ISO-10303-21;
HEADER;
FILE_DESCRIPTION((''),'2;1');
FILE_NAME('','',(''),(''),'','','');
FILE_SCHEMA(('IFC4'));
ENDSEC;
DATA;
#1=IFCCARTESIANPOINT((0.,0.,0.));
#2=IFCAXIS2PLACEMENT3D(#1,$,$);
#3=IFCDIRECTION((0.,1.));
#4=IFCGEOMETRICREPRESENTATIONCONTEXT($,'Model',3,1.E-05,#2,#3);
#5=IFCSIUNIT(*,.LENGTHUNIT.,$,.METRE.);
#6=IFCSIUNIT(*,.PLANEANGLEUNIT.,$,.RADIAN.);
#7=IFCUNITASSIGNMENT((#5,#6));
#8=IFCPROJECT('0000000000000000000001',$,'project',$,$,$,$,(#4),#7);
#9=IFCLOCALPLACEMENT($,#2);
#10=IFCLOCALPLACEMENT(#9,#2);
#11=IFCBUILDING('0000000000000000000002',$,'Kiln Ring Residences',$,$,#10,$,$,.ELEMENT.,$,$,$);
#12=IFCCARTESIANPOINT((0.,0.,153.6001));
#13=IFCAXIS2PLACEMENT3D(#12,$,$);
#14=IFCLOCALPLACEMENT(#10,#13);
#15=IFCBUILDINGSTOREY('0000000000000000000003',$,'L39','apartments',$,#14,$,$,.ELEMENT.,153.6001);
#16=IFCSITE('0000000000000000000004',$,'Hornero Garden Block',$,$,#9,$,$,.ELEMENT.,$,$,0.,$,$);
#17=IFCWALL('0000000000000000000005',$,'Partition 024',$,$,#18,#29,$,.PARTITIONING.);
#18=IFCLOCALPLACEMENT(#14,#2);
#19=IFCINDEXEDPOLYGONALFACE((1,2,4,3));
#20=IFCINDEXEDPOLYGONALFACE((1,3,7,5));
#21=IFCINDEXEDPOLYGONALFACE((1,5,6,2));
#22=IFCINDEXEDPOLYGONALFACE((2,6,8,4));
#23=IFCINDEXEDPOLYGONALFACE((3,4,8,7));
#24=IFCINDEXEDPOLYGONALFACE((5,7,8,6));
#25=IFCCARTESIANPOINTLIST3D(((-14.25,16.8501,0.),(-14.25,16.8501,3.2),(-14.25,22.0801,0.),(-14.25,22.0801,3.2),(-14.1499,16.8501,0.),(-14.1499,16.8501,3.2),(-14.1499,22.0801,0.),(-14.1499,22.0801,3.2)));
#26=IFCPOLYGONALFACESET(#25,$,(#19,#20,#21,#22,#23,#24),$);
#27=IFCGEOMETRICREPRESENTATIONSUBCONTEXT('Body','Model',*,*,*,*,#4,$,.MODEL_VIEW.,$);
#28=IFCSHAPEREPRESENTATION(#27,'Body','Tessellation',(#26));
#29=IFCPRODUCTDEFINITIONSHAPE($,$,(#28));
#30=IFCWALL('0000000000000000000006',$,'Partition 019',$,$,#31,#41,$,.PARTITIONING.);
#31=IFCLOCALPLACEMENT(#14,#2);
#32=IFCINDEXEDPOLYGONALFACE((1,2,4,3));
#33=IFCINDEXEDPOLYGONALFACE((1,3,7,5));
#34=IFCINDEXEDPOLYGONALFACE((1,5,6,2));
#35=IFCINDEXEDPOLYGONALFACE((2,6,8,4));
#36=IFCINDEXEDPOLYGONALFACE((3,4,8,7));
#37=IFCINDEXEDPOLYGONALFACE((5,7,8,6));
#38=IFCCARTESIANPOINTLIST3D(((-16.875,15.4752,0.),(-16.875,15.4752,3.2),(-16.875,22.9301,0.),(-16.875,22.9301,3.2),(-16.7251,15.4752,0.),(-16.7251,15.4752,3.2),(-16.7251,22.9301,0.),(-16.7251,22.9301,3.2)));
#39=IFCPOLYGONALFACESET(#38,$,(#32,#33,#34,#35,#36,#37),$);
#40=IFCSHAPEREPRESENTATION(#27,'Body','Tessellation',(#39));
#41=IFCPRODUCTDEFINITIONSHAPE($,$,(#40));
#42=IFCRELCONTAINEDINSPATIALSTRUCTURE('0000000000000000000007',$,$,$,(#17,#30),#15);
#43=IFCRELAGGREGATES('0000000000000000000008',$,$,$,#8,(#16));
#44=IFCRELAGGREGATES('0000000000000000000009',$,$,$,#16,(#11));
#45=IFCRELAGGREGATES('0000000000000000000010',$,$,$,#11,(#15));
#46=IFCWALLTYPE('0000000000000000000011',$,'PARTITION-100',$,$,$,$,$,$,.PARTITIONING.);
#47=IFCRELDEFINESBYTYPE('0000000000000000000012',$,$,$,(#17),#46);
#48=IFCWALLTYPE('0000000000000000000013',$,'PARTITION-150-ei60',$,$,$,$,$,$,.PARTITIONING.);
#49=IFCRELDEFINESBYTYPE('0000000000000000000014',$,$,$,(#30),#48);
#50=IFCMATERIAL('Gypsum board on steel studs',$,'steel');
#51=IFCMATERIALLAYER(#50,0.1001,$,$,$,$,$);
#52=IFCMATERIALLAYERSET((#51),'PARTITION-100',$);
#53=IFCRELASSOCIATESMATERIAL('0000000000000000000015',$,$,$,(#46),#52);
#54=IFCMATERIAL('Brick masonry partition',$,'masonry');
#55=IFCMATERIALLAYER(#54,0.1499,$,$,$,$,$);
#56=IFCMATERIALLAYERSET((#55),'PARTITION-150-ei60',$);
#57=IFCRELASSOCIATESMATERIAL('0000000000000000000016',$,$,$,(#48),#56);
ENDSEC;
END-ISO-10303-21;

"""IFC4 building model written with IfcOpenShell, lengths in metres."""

from ifc_helpers import new_model, si_unit, direction, frame, frame_2d, origin, place, context, subcontext, project, spatial, rectangle, extrude, material, layer, layer_set, type_object, element, save


model = new_model("IFC4")

# Units and contexts
model_context = context("Model", 3, precision=1e-05, world=origin(), true_north=direction((0.0, 1.0)))
body_context = subcontext(model_context, "Body", "Model", "MODEL_VIEW")
ifc_project = project(units=[si_unit("LENGTHUNIT", "METRE"), si_unit("PLANEANGLEUNIT", "RADIAN")], contexts=[model_context])

# Site, building, storey
site_placement = place(None, origin())
site = spatial("IfcSite", under=ifc_project, at=site_placement, Name="Hornero Garden Block", CompositionType="ELEMENT", RefElevation=0.0)
building_placement = place(site_placement, origin())
building = spatial("IfcBuilding", under=site, at=building_placement, Name="Kiln Ring Residences", CompositionType="ELEMENT")
storey_placement = place(building_placement, frame((0.0, 0.0, 153.6001)))
storey = spatial("IfcBuildingStorey", under=building, at=storey_placement, Name="L39", Description="apartments", CompositionType="ELEMENT", Elevation=153.6001)

# Shared definitions
ifc_material_1 = material(Name="Gypsum board on steel studs", Category="steel")
ifc_layer_1 = layer(ifc_material_1, 0.1001)
ifc_layer_set_1 = layer_set([ifc_layer_1], Name="PARTITION-100")
wall_type_1 = type_object("IfcWallType", Name="PARTITION-100", PredefinedType="PARTITIONING", material=ifc_layer_set_1)

# Walls
wall_1_placement = place(storey_placement, frame((-14.2, 16.8501, 0.0), z_axis=(0.0, 0.0, 1.0), x_axis=(0.0, 1.0, 0.0)))
element("IfcWall", 1, at=wall_1_placement, inside=storey, type_object=wall_type_1, Name="Partition 024", PredefinedType="PARTITIONING", context=body_context, shape_type="SweptSolid", body=[
    extrude(rectangle(XDim=5.23, YDim=0.1001, at=frame_2d((2.615, 0.0))), origin(), (0.0, 0.0, 1.0), 3.2),
])
ifc_material_2 = material(Name="Brick masonry partition", Category="masonry")
ifc_layer_2 = layer(ifc_material_2, 0.1499)
ifc_layer_set_2 = layer_set([ifc_layer_2], Name="PARTITION-150-ei60")
wall_type_2 = type_object("IfcWallType", Name="PARTITION-150-ei60", PredefinedType="PARTITIONING", material=ifc_layer_set_2)
wall_2_placement = place(storey_placement, frame((-16.8, 15.4751, 0.0), z_axis=(0.0, 0.0, 1.0), x_axis=(0.0, 1.0, 0.0)))
element("IfcWall", 2, at=wall_2_placement, inside=storey, type_object=wall_type_2, Name="Partition 019", PredefinedType="PARTITIONING", context=body_context, shape_type="SweptSolid", body=[
    extrude(rectangle(XDim=7.4548, YDim=0.1499, at=frame_2d((3.7275, 0.0))), origin(), (0.0, 0.0, 1.0), 3.2),
])

save(model, "model.ifc")
